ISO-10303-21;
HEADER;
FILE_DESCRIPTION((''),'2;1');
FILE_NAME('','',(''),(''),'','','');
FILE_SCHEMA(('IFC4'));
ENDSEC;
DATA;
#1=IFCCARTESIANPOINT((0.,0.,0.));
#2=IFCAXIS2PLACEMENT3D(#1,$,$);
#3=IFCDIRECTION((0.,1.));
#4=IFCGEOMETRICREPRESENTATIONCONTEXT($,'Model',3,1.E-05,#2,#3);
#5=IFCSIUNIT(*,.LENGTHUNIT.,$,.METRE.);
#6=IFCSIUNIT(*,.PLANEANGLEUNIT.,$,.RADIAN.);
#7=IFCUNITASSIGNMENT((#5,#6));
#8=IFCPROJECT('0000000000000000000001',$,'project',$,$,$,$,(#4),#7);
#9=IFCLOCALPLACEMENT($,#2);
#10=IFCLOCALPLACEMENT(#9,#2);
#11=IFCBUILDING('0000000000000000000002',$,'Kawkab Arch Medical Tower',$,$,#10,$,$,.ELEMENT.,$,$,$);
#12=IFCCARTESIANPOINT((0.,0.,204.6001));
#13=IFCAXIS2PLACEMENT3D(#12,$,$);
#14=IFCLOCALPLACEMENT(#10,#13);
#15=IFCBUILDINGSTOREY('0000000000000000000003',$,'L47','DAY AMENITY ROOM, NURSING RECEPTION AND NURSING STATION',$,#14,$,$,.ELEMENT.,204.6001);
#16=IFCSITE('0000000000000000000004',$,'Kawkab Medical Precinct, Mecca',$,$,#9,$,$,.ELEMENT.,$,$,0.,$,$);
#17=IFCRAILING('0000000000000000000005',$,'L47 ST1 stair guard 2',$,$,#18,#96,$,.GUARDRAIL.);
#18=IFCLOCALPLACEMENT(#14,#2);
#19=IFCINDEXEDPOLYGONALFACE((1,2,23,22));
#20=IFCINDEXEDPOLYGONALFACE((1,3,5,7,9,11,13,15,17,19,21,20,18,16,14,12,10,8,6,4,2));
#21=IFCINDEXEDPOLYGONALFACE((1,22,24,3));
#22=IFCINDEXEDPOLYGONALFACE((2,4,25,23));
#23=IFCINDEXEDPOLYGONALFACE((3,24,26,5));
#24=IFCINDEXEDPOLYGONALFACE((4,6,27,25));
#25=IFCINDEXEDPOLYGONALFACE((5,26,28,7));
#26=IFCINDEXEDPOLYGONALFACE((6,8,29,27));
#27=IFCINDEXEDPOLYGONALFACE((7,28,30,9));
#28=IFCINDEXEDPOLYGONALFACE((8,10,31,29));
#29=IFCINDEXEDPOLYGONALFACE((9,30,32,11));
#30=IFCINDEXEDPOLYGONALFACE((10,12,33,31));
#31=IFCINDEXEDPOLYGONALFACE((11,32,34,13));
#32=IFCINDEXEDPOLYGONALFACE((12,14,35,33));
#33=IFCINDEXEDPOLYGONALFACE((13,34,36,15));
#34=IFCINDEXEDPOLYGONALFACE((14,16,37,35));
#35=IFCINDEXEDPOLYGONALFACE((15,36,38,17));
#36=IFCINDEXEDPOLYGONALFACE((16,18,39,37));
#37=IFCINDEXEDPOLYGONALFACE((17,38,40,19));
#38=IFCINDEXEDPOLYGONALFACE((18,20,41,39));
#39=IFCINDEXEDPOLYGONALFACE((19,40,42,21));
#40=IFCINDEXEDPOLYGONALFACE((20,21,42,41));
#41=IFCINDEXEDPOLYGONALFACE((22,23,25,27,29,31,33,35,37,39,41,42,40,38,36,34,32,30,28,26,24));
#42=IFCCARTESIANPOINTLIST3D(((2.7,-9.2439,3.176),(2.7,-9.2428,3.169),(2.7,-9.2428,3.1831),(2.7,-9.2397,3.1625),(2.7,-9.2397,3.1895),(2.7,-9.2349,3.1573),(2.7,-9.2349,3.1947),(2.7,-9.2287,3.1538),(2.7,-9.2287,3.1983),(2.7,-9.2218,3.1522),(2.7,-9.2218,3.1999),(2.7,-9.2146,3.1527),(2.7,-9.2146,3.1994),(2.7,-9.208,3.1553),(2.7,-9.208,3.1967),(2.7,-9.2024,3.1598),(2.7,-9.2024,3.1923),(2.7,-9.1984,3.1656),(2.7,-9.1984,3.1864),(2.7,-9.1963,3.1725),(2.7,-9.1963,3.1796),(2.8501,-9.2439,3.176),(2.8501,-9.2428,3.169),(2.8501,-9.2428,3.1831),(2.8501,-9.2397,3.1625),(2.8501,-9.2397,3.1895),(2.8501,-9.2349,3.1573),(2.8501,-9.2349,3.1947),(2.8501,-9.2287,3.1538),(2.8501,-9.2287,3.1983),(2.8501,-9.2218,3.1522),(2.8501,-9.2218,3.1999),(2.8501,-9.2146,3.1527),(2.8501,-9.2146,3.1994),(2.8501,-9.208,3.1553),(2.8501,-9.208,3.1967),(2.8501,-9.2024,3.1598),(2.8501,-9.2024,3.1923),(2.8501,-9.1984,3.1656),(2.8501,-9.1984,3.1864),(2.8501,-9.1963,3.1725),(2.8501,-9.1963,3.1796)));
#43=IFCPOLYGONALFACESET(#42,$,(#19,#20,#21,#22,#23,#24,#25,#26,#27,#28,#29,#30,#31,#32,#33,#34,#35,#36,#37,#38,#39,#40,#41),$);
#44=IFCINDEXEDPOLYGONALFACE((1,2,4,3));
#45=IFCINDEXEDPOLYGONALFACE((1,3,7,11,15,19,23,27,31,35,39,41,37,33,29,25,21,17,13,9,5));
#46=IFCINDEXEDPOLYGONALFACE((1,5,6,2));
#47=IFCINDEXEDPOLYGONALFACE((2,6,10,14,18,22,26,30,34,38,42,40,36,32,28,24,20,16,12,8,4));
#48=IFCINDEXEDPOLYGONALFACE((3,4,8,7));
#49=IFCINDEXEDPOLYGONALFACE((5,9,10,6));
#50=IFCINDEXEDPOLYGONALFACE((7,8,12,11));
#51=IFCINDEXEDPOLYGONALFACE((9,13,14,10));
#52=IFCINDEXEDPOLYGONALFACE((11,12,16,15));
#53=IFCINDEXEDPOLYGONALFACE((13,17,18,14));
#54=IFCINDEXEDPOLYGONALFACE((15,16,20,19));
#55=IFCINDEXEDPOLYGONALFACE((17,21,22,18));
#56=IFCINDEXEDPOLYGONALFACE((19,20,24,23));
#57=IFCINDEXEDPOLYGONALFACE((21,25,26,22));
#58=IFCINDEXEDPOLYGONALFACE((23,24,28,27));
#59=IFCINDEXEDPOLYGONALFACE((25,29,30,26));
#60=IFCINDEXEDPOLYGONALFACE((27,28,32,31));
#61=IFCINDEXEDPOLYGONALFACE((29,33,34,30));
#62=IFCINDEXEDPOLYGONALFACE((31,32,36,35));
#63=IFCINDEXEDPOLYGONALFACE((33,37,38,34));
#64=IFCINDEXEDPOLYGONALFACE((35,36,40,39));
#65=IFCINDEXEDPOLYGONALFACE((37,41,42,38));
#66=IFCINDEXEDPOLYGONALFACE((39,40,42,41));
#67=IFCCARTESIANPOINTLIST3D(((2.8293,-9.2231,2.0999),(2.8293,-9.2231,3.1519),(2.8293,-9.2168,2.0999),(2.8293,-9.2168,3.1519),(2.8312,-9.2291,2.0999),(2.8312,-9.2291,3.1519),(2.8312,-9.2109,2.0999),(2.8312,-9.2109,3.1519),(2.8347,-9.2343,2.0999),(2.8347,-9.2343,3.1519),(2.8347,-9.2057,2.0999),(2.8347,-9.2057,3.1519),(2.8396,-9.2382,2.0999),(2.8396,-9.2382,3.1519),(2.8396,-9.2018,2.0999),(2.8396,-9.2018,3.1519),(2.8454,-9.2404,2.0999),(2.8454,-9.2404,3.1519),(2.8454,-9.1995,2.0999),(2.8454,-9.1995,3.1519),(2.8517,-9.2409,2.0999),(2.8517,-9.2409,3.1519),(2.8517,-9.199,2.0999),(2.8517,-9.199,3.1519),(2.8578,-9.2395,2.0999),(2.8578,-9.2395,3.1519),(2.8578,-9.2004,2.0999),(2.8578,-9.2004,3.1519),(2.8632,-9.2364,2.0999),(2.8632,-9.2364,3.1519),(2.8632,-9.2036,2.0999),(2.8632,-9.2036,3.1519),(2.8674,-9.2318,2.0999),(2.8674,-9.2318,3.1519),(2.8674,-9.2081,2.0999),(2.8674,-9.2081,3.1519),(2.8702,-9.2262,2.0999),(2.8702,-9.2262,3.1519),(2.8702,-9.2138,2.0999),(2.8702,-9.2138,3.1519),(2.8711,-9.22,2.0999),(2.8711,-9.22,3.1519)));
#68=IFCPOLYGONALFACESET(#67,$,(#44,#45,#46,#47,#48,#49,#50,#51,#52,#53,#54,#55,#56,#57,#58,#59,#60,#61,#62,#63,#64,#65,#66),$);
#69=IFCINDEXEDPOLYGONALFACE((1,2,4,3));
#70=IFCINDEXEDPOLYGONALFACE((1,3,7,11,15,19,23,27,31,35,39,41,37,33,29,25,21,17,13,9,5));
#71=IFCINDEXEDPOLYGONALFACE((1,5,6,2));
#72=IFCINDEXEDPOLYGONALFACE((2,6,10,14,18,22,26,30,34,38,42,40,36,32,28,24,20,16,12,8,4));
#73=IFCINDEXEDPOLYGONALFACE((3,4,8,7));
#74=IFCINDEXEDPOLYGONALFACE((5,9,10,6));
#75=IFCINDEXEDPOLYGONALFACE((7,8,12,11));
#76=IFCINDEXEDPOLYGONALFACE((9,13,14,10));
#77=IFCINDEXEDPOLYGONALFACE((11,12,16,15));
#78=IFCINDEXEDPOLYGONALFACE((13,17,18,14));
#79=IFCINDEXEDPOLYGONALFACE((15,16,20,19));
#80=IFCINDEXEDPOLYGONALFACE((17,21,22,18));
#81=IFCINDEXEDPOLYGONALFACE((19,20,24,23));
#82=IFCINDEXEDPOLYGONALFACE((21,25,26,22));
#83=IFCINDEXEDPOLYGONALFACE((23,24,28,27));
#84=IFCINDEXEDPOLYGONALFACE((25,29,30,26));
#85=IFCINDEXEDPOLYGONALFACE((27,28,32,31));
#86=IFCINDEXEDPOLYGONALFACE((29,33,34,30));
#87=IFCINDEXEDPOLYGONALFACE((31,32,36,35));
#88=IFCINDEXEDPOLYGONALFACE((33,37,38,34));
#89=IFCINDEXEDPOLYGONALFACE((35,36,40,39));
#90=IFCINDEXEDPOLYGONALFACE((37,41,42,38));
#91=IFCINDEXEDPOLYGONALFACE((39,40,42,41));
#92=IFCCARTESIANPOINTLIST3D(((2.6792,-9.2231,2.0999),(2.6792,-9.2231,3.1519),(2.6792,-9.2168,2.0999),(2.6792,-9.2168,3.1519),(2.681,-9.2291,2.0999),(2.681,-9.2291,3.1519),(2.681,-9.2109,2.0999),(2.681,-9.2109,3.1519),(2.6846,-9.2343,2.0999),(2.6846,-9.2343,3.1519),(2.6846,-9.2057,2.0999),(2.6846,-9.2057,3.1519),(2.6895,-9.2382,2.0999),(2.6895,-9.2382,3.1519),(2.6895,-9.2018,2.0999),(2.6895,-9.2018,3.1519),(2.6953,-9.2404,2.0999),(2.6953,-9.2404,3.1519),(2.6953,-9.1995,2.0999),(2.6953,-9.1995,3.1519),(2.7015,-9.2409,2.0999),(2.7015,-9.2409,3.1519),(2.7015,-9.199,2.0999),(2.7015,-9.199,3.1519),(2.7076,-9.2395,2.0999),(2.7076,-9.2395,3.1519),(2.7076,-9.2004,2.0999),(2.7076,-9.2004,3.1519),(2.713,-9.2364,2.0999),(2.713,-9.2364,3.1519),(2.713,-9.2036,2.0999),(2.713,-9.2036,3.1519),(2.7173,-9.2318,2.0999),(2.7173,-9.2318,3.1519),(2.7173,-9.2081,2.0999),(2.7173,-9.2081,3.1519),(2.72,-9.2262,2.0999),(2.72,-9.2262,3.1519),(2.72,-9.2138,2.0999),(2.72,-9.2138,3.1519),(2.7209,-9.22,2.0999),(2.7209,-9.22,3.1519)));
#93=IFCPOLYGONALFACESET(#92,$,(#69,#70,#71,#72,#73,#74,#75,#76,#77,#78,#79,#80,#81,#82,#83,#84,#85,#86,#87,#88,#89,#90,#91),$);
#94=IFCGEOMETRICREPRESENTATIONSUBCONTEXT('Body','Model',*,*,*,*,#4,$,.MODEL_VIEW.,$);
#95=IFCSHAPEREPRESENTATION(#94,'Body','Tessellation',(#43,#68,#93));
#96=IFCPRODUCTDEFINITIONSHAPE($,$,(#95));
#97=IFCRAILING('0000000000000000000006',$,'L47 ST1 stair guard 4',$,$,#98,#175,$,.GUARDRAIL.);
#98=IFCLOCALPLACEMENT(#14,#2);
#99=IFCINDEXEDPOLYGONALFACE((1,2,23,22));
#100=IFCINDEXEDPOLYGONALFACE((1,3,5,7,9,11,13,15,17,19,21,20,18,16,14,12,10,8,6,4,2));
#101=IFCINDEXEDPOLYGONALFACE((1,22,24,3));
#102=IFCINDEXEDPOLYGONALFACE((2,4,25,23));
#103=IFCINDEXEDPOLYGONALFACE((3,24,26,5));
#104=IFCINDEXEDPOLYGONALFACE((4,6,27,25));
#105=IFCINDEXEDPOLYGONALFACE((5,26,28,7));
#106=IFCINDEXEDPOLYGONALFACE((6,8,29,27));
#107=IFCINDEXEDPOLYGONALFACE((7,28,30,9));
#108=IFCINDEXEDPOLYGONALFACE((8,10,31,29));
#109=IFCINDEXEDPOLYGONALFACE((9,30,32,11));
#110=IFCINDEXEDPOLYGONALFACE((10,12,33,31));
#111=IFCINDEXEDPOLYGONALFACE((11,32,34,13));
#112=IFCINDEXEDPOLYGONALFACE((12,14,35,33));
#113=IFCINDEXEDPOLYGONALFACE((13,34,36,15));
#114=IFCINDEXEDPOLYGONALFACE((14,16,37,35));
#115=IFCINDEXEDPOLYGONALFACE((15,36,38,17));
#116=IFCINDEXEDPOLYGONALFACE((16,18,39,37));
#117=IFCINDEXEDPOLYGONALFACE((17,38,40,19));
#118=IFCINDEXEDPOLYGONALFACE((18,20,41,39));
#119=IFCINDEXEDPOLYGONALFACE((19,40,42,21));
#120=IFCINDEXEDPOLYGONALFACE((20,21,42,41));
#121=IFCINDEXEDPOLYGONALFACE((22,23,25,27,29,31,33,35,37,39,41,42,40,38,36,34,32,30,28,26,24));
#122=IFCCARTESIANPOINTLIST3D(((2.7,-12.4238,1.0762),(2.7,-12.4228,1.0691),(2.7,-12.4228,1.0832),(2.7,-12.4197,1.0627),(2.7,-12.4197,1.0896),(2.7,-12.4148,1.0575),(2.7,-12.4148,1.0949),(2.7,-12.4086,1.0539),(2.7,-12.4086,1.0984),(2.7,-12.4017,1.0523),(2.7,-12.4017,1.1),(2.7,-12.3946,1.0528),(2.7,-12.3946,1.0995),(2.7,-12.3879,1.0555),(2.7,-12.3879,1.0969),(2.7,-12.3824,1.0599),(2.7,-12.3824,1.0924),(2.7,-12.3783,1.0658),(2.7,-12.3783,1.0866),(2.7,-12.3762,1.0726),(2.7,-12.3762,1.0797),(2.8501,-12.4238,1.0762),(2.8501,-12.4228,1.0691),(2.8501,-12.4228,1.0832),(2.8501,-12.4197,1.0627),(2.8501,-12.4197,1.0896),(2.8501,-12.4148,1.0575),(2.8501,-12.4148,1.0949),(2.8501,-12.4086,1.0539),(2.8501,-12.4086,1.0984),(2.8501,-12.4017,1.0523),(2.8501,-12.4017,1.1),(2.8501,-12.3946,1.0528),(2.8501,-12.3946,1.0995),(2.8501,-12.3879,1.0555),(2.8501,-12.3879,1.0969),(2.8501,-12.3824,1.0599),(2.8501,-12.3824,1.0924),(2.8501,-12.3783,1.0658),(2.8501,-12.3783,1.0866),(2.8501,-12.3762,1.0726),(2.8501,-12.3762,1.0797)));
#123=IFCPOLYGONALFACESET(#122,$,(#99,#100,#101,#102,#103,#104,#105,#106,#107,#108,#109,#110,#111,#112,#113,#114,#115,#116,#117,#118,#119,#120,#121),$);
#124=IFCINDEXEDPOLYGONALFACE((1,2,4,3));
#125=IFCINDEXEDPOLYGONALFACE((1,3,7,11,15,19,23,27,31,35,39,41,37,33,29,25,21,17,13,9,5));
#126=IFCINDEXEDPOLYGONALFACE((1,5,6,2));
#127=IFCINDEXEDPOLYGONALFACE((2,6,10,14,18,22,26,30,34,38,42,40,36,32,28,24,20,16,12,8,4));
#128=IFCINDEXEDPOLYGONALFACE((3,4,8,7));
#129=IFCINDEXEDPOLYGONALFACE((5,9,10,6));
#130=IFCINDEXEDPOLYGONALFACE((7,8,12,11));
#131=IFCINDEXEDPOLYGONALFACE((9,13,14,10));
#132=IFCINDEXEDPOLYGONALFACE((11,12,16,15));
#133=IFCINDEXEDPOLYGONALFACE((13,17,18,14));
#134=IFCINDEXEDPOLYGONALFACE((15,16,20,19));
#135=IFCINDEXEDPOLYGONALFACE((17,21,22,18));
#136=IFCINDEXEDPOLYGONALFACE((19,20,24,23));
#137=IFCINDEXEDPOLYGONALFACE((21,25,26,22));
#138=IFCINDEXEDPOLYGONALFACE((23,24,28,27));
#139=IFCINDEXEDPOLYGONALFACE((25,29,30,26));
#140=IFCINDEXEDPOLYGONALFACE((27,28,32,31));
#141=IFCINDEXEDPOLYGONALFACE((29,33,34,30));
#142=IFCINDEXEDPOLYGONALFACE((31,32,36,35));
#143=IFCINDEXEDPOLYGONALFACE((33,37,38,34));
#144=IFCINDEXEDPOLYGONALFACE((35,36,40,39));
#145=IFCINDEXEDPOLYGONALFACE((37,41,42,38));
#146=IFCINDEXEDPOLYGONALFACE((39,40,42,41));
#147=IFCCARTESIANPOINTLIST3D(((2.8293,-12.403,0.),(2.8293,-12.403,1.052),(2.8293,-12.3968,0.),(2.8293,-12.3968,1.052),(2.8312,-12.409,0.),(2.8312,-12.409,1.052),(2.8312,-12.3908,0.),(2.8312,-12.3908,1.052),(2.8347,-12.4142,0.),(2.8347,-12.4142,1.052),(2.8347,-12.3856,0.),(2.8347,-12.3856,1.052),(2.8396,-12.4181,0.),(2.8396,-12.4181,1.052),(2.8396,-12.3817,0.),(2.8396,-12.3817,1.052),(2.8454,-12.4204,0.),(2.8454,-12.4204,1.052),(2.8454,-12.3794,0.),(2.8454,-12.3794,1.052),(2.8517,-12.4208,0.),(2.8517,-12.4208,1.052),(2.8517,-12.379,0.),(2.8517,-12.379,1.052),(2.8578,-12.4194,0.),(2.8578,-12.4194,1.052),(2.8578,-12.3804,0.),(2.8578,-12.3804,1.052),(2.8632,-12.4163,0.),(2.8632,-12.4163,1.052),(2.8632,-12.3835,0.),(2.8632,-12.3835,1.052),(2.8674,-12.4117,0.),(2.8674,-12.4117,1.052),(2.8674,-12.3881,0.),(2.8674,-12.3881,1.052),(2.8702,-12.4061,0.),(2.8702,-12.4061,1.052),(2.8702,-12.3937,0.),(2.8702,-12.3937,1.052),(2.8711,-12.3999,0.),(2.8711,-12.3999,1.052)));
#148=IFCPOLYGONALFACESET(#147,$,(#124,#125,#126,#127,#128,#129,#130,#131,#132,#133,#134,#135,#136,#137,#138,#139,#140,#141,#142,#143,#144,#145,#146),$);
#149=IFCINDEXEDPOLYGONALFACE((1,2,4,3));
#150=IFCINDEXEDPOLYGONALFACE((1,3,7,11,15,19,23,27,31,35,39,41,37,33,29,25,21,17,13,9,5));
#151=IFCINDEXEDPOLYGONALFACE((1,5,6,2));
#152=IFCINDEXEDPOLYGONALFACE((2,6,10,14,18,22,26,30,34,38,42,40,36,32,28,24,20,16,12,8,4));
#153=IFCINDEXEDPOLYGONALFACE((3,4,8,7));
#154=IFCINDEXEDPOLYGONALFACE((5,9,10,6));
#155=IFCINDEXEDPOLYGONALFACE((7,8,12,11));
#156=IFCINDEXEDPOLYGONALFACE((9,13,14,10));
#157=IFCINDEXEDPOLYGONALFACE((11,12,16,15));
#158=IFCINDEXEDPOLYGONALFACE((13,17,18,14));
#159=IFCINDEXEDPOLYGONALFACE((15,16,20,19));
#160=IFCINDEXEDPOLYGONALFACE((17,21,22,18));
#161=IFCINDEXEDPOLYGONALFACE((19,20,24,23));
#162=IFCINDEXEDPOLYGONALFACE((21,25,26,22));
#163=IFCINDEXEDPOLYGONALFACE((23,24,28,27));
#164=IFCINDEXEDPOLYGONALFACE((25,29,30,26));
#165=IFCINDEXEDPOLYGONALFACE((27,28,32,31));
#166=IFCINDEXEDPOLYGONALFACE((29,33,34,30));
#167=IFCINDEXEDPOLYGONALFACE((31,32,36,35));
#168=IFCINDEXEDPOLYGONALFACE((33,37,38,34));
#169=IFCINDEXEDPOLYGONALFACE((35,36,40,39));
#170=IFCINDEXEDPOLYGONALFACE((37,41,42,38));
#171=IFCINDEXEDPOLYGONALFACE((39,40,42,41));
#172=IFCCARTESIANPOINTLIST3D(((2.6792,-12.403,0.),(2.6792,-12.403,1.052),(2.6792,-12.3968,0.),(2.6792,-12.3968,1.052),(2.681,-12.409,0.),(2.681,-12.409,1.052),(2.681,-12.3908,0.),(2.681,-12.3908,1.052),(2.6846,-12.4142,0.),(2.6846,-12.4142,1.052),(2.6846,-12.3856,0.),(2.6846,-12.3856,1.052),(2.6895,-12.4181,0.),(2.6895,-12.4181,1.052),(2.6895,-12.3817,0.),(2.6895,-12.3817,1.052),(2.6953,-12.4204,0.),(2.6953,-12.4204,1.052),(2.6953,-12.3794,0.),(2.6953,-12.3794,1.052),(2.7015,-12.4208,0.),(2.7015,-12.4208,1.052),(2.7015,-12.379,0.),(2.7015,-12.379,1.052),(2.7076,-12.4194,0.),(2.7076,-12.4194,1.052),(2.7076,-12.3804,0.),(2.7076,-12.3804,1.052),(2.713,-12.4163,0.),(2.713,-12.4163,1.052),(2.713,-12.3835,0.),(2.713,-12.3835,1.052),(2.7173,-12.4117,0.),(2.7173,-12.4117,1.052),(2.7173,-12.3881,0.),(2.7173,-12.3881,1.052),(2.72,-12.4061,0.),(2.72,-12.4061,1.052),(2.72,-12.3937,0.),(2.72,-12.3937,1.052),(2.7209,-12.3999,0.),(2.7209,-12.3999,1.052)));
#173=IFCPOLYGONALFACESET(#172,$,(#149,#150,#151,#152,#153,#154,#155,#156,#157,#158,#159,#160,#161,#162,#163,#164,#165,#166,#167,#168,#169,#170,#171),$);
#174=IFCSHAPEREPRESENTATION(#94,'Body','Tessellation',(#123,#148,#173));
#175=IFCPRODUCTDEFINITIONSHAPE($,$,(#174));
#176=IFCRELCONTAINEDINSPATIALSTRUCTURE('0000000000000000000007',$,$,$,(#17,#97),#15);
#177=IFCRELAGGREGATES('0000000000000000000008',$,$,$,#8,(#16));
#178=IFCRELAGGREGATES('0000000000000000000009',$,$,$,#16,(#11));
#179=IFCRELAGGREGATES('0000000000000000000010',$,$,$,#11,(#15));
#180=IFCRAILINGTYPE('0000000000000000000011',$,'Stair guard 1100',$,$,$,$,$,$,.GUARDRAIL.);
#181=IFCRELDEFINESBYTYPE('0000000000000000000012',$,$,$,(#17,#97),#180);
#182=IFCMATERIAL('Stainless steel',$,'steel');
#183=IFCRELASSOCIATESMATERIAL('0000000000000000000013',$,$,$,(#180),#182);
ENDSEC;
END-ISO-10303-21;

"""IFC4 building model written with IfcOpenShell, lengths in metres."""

from ifc_helpers import new_model, si_unit, direction, frame, origin, origin_2d, place, context, subcontext, project, spatial, circle, extrude, material, type_object, element, save


model = new_model("IFC4")

# Units and contexts
model_context = context("Model", 3, precision=1e-05, world=origin(), true_north=direction((0.0, 1.0)))
body_context = subcontext(model_context, "Body", "Model", "MODEL_VIEW")
ifc_project = project(units=[si_unit("LENGTHUNIT", "METRE"), si_unit("PLANEANGLEUNIT", "RADIAN")], contexts=[model_context])

# Site, building, storey
site_placement = place(None, origin())
site = spatial("IfcSite", under=ifc_project, at=site_placement, Name="Kawkab Medical Precinct, Mecca", CompositionType="ELEMENT", RefElevation=0.0)
building_placement = place(site_placement, origin())
building = spatial("IfcBuilding", under=site, at=building_placement, Name="Kawkab Arch Medical Tower", CompositionType="ELEMENT")
storey_placement = place(building_placement, frame((0.0, 0.0, 204.6001)))
storey = spatial("IfcBuildingStorey", under=building, at=storey_placement, Name="L47", Description="DAY AMENITY ROOM, NURSING RECEPTION AND NURSING STATION", CompositionType="ELEMENT", Elevation=204.6001)

# Railings
ifc_material_1 = material(Name="Stainless steel", Category="steel")
railing_type = type_object("IfcRailingType", Name="Stair guard 1100", PredefinedType="GUARDRAIL", material=ifc_material_1)
for number, where, name in (
    (1, (2.8501, -9.22, 2.0999), "L47 ST1 stair guard 2"),
    (2, (2.8501, -12.3999, 0.0), "L47 ST1 stair guard 4"),
):
    element("IfcRailing", number, at=place(storey_placement, frame(where)), inside=storey, type_object=railing_type, Name=name, PredefinedType="GUARDRAIL", context=body_context, shape_type="SweptSolid", body=[
        extrude(circle(Radius=0.0239, at=origin_2d()), frame((0.0, 0.0, 1.0762), z_axis=(-1.0, 0.0, 0.0), x_axis=(0.0, -1.0, 0.0)), (0.0, 0.0, 1.0), 0.1501),
        extrude(circle(Radius=0.021, at=origin_2d()), origin(), (0.0, 0.0, 1.0), 1.052),
        extrude(circle(Radius=0.021, at=origin_2d()), frame((-0.1501, 0.0, 0.0)), (0.0, 0.0, 1.0), 1.052),
    ])

save(model, "model.ifc")
